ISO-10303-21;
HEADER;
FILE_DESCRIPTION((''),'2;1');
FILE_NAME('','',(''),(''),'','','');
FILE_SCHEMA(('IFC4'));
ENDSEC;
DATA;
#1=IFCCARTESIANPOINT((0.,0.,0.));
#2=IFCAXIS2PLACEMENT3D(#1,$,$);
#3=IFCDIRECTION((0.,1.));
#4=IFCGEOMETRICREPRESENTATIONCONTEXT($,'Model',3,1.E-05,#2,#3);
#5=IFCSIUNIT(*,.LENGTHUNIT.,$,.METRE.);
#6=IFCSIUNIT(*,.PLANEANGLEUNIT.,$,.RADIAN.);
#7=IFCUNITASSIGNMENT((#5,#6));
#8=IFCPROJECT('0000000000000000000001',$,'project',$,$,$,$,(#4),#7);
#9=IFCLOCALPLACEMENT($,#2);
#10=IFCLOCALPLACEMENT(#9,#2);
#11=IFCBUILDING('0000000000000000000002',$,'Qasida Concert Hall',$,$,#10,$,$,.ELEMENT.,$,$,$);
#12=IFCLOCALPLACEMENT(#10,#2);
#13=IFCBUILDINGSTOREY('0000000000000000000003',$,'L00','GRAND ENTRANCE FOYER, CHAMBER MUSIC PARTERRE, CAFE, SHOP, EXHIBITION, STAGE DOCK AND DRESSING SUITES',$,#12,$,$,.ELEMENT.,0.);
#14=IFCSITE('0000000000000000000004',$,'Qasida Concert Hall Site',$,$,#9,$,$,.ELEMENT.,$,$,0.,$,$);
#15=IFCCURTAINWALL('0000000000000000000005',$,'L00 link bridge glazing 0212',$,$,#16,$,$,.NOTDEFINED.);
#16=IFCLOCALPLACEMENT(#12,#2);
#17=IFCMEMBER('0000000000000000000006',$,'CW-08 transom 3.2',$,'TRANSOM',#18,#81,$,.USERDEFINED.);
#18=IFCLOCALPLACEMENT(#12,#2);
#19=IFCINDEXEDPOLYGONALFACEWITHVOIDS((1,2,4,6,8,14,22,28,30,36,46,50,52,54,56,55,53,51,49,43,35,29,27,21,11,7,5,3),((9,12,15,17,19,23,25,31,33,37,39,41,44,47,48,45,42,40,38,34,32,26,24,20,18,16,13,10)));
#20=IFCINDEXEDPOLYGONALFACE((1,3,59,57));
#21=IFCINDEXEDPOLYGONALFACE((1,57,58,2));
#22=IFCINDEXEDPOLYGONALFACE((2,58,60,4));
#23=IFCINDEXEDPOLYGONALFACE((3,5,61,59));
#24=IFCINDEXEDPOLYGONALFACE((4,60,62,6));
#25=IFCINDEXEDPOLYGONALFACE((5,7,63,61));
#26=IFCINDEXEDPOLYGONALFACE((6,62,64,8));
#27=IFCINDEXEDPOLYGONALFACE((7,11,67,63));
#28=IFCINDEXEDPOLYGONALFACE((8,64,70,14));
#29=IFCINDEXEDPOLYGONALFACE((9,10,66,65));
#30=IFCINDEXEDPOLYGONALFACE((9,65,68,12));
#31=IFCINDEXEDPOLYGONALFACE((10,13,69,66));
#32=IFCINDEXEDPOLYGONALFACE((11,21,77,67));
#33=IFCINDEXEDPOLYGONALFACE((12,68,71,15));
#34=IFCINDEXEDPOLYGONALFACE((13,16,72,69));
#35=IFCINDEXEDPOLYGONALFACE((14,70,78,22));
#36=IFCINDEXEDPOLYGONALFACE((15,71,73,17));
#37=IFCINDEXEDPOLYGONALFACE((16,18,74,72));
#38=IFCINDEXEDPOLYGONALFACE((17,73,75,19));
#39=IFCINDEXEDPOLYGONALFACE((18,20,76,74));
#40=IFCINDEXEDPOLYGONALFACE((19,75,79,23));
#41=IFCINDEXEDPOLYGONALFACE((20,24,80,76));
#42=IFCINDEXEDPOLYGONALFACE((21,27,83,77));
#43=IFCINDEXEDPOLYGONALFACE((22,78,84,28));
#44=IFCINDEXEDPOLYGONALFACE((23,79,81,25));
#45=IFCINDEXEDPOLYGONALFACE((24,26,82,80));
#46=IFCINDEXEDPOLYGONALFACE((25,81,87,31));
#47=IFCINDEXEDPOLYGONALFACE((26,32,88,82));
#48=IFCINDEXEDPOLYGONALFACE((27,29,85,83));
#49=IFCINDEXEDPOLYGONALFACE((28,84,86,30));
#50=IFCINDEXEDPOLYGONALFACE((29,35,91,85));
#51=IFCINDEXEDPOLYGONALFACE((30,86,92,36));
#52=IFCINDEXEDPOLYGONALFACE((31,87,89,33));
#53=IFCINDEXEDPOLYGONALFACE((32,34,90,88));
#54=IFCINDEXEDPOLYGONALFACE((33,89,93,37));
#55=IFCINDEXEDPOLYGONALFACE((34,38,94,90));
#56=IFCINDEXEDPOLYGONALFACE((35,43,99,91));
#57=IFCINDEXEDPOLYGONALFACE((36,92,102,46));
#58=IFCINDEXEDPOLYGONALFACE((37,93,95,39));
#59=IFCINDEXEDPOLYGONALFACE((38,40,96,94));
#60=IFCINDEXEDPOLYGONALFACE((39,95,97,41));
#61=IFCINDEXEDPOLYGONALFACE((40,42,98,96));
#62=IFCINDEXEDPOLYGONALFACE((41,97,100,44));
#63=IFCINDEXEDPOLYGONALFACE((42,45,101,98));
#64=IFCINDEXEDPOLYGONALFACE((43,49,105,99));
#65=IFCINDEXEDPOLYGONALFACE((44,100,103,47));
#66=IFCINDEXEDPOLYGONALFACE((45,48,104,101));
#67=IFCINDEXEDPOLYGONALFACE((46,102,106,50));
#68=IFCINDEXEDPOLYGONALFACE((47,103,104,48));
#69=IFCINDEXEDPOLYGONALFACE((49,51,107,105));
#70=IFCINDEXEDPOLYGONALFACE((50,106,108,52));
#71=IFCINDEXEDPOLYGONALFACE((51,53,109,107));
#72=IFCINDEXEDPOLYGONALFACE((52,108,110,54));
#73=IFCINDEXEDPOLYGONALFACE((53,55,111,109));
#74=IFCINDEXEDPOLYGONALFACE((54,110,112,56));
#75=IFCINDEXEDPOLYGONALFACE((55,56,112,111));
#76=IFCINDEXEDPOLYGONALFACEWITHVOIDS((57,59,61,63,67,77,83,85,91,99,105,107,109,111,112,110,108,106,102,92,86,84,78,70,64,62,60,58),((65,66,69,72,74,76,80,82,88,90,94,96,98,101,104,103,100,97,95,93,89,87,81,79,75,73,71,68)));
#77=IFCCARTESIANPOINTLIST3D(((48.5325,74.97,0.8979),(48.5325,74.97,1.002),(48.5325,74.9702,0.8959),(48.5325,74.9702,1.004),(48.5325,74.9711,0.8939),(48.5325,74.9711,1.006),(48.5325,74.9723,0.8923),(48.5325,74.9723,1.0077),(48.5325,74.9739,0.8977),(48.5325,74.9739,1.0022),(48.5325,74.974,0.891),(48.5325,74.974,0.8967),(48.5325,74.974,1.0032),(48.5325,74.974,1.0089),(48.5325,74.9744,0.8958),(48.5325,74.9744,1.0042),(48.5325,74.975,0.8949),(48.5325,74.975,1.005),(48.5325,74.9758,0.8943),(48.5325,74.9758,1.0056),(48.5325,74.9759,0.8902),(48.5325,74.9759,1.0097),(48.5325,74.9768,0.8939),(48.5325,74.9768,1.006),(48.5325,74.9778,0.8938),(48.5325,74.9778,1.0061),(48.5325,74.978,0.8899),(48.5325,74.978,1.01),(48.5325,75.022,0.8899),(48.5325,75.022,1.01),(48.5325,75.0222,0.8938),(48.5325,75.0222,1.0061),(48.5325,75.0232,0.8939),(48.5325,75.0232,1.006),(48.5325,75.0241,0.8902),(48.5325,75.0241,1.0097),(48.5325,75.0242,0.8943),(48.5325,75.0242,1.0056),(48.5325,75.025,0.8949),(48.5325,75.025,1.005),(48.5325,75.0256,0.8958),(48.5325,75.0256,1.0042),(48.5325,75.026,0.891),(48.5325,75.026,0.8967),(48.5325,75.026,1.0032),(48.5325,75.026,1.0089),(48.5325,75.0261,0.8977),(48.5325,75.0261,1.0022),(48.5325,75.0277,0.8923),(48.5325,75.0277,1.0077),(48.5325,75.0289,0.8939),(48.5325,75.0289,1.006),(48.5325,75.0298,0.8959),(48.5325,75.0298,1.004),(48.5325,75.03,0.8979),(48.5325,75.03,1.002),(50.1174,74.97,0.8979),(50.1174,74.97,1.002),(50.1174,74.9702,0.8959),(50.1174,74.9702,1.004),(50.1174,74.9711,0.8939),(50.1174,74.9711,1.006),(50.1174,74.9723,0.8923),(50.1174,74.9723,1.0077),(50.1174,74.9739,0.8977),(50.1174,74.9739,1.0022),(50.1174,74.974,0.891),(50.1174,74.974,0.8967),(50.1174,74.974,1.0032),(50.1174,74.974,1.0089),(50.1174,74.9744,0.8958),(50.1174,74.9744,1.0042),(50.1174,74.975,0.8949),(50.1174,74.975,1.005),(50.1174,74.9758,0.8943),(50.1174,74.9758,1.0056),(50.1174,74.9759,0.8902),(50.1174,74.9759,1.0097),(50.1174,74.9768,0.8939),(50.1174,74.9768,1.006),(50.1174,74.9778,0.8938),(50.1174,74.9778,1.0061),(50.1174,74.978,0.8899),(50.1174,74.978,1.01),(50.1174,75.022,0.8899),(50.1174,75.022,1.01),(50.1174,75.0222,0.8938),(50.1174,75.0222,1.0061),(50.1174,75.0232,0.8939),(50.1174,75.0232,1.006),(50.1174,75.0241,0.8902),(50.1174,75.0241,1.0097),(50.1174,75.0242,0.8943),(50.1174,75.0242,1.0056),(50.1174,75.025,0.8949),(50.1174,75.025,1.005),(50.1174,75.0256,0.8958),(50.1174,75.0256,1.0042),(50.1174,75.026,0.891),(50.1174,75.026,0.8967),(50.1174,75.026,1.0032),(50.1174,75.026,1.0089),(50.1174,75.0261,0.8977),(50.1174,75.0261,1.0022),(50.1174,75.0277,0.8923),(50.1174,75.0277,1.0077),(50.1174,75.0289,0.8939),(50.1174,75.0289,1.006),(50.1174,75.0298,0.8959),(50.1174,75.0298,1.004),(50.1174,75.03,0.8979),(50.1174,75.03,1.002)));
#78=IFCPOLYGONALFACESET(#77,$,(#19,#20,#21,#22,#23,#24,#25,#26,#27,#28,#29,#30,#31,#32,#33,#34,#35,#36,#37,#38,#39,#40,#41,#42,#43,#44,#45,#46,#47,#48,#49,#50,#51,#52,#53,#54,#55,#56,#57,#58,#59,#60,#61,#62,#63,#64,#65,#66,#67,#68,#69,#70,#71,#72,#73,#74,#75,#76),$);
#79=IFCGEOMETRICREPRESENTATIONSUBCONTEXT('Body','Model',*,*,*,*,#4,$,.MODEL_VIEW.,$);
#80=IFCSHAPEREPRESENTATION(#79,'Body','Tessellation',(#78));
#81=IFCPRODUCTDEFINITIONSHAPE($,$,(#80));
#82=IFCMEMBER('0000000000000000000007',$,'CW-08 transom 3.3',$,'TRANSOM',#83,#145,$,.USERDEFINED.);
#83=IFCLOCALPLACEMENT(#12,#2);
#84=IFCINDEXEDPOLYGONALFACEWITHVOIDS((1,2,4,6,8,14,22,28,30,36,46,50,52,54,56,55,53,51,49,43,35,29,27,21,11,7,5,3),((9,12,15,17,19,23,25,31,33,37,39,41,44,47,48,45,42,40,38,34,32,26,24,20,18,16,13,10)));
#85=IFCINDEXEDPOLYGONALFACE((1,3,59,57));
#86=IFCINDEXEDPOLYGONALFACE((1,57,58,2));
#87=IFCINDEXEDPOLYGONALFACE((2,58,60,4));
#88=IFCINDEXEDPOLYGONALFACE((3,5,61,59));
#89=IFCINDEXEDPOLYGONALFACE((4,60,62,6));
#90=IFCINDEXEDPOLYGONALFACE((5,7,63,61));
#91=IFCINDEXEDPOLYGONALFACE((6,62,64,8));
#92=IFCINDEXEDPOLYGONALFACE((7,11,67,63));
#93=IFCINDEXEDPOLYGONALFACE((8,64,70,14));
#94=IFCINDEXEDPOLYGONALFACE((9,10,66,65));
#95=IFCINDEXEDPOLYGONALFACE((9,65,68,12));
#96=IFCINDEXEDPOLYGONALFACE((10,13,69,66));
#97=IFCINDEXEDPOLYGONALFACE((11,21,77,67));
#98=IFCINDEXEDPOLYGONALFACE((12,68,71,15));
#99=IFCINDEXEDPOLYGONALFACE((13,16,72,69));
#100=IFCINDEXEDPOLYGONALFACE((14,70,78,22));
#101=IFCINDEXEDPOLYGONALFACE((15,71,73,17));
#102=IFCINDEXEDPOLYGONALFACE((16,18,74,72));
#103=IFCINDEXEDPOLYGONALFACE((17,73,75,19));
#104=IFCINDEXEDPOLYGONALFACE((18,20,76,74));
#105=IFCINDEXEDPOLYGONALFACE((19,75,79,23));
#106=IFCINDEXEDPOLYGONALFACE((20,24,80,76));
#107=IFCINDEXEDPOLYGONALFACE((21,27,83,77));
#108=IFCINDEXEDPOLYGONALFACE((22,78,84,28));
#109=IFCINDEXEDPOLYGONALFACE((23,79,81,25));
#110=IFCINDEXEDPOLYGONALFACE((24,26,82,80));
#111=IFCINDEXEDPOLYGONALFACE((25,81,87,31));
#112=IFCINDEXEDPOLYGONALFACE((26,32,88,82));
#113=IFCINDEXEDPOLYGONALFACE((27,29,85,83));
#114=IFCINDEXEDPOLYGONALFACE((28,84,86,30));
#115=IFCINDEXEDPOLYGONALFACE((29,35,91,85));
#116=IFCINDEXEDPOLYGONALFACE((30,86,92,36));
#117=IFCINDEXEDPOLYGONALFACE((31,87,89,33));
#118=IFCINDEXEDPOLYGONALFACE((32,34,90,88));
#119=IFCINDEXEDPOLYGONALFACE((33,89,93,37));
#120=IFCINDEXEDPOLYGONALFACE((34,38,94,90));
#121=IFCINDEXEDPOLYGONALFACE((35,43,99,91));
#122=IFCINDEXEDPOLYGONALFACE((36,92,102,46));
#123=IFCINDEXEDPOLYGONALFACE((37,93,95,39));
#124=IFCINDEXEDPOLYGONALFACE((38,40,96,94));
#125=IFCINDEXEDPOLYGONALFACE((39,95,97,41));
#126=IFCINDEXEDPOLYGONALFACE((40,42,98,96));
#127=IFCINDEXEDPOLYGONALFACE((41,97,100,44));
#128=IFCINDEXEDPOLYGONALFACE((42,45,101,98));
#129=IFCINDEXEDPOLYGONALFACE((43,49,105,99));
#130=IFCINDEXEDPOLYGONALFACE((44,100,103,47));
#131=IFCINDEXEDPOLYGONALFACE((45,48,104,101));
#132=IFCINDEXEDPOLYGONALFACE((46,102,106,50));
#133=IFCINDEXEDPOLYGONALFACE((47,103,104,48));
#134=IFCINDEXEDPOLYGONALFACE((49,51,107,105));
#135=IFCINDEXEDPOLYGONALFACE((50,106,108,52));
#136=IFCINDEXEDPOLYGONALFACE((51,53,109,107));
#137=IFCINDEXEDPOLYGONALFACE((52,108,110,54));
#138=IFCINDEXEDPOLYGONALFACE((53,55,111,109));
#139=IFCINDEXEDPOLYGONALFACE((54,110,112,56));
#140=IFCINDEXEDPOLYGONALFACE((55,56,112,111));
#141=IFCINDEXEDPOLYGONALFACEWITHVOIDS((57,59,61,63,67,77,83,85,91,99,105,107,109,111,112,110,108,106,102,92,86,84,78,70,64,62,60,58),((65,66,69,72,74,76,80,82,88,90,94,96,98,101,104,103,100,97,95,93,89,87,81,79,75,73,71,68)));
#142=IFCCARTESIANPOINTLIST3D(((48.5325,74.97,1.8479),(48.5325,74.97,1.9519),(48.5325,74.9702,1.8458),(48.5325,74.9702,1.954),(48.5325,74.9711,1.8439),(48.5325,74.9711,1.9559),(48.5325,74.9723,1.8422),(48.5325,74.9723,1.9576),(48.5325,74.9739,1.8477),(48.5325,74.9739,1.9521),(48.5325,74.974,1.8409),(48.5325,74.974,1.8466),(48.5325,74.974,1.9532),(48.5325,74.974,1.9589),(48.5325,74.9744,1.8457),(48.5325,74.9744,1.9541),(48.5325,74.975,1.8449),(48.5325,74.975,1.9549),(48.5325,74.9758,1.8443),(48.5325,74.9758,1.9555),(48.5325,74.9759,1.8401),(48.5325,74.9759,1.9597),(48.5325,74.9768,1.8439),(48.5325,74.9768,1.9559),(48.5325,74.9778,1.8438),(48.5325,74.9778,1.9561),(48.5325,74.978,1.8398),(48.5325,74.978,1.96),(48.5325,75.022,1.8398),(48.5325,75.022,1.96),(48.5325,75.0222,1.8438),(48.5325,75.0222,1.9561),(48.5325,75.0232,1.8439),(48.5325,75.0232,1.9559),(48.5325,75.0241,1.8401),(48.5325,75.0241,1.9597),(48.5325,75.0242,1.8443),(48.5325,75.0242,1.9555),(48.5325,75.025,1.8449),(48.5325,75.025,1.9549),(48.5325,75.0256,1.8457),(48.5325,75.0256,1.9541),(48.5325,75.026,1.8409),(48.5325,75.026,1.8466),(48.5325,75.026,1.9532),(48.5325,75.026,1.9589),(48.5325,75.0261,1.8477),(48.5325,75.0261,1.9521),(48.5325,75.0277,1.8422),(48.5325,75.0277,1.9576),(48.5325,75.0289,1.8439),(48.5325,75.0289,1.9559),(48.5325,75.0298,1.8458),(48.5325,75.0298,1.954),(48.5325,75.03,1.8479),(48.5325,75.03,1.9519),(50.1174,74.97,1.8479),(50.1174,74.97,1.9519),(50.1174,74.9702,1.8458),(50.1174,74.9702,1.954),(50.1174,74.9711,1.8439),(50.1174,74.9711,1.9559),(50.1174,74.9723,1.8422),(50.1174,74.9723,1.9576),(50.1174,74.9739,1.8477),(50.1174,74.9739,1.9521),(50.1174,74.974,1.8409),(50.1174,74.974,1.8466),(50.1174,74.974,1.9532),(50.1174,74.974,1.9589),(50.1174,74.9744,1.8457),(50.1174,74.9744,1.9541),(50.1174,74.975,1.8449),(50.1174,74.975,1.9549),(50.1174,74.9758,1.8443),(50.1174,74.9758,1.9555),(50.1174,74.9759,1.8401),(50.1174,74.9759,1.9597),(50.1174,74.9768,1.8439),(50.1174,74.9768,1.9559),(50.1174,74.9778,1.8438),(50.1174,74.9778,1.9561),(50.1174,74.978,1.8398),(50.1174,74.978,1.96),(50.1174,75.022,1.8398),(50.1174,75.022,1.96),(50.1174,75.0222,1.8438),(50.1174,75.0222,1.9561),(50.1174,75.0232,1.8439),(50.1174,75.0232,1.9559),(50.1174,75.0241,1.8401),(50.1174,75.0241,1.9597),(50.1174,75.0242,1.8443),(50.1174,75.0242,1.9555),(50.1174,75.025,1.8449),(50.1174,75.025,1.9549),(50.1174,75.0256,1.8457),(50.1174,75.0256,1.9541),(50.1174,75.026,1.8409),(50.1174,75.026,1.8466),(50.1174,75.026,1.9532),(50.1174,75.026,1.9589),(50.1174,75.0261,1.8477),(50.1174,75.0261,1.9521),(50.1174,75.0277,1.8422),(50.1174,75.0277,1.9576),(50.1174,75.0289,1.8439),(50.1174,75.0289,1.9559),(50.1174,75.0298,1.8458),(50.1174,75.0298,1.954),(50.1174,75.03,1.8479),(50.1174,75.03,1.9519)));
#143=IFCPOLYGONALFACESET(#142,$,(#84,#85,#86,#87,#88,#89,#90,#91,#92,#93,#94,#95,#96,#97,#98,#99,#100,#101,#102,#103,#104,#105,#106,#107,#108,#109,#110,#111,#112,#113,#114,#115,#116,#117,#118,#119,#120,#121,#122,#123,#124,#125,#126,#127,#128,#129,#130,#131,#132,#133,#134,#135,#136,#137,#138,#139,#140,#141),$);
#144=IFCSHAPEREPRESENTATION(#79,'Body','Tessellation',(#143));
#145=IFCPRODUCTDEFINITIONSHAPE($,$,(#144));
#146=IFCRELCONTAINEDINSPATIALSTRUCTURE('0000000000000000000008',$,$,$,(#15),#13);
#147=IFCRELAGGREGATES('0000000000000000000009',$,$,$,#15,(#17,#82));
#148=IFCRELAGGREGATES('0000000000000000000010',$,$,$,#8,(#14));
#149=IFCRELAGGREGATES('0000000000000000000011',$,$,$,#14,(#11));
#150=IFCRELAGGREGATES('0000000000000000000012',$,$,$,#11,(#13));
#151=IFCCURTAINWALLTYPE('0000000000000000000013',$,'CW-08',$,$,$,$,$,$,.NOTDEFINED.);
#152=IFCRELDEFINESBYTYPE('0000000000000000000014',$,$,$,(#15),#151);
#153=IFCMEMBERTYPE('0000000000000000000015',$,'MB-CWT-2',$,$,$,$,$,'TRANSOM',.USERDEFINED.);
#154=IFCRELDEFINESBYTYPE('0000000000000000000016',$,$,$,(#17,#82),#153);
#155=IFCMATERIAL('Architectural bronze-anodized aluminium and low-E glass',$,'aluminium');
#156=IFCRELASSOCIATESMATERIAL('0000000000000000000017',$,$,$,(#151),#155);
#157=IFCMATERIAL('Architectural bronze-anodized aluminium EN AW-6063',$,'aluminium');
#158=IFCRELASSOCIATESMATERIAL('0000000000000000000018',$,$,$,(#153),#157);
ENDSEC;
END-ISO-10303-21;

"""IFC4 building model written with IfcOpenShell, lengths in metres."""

from ifc_helpers import new_model, si_unit, direction, frame, origin, origin_2d, place, context, subcontext, project, spatial, hollow_rectangle, extrude, material, material_profile, profile_set, type_object, element, aggregate, save


model = new_model("IFC4")

# Units and contexts
model_context = context("Model", 3, precision=1e-05, world=origin(), true_north=direction((0.0, 1.0)))
body_context = subcontext(model_context, "Body", "Model", "MODEL_VIEW")
ifc_project = project(units=[si_unit("LENGTHUNIT", "METRE"), si_unit("PLANEANGLEUNIT", "RADIAN")], contexts=[model_context])

# Site, building, storey
site_placement = place(None, origin())
site = spatial("IfcSite", under=ifc_project, at=site_placement, Name="Qasida Concert Hall Site", CompositionType="ELEMENT", RefElevation=0.0)
building_placement = place(site_placement, origin())
building = spatial("IfcBuilding", under=site, at=building_placement, Name="Qasida Concert Hall", CompositionType="ELEMENT")
storey_placement = place(building_placement, origin())
storey = spatial("IfcBuildingStorey", under=building, at=storey_placement, Name="L00", Description="GRAND ENTRANCE FOYER, CHAMBER MUSIC PARTERRE, CAFE, SHOP, EXHIBITION, STAGE DOCK AND DRESSING SUITES", CompositionType="ELEMENT", Elevation=0.0)

# Curtain wall, members
ifc_material_1 = material(Name="Architectural bronze-anodized aluminium and low-E glass", Category="aluminium")
curtain_wall_type = type_object("IfcCurtainWallType", Name="CW-08", PredefinedType="NOTDEFINED", material=ifc_material_1)
curtain_wall_placement = place(storey_placement, origin())
curtain_wall = element("IfcCurtainWall", 1, at=curtain_wall_placement, inside=storey, type_object=curtain_wall_type, Name="L00 link bridge glazing 0212", PredefinedType="NOTDEFINED")
ifc_material_2 = material(Name="Architectural bronze-anodized aluminium EN AW-6063", Category="aluminium")
ifc_material_profile_1 = material_profile(ifc_material_2, hollow_rectangle(XDim=0.0601, YDim=0.1201, WallThickness=0.0039, InnerFilletRadius=0.0039, OuterFilletRadius=0.0081, at=origin_2d()), Name="CWT 120x60x4")
ifc_profile_set_1 = profile_set([ifc_material_profile_1], Name="Architectural bronze-anodized aluminium EN AW-6063")
member_type_1 = type_object("IfcMemberType", Name="MB-CWT-2", ElementType="TRANSOM", PredefinedType="USERDEFINED", material=ifc_profile_set_1)
member_1_placement = place(storey_placement, frame((48.5325, 75.0, 0.95), z_axis=(1.0, 0.0, 0.0), x_axis=(0.0, 1.0, 0.0)))
member_1 = element("IfcMember", 2, at=member_1_placement, type_object=member_type_1, Name="CW-08 transom 3.2", ObjectType="TRANSOM", PredefinedType="USERDEFINED", context=body_context, shape_type="SweptSolid", body=[
    extrude(hollow_rectangle(XDim=0.0601, YDim=0.1201, WallThickness=0.0039, InnerFilletRadius=0.0039, OuterFilletRadius=0.0081, at=origin_2d()), origin(), (0.0, 0.0, 1.0), 1.585),
])
member_2_placement = place(storey_placement, frame((48.5325, 75.0, 1.8999), z_axis=(1.0, 0.0, 0.0), x_axis=(0.0, 1.0, 0.0)))
member_2 = element("IfcMember", 3, at=member_2_placement, type_object=member_type_1, Name="CW-08 transom 3.3", ObjectType="TRANSOM", PredefinedType="USERDEFINED", context=body_context, shape_type="SweptSolid", body=[
    extrude(hollow_rectangle(XDim=0.0601, YDim=0.1201, WallThickness=0.0039, InnerFilletRadius=0.0039, OuterFilletRadius=0.0081, at=origin_2d()), origin(), (0.0, 0.0, 1.0), 1.585),
])
aggregate(curtain_wall, [member_1, member_2])

save(model, "model.ifc")
